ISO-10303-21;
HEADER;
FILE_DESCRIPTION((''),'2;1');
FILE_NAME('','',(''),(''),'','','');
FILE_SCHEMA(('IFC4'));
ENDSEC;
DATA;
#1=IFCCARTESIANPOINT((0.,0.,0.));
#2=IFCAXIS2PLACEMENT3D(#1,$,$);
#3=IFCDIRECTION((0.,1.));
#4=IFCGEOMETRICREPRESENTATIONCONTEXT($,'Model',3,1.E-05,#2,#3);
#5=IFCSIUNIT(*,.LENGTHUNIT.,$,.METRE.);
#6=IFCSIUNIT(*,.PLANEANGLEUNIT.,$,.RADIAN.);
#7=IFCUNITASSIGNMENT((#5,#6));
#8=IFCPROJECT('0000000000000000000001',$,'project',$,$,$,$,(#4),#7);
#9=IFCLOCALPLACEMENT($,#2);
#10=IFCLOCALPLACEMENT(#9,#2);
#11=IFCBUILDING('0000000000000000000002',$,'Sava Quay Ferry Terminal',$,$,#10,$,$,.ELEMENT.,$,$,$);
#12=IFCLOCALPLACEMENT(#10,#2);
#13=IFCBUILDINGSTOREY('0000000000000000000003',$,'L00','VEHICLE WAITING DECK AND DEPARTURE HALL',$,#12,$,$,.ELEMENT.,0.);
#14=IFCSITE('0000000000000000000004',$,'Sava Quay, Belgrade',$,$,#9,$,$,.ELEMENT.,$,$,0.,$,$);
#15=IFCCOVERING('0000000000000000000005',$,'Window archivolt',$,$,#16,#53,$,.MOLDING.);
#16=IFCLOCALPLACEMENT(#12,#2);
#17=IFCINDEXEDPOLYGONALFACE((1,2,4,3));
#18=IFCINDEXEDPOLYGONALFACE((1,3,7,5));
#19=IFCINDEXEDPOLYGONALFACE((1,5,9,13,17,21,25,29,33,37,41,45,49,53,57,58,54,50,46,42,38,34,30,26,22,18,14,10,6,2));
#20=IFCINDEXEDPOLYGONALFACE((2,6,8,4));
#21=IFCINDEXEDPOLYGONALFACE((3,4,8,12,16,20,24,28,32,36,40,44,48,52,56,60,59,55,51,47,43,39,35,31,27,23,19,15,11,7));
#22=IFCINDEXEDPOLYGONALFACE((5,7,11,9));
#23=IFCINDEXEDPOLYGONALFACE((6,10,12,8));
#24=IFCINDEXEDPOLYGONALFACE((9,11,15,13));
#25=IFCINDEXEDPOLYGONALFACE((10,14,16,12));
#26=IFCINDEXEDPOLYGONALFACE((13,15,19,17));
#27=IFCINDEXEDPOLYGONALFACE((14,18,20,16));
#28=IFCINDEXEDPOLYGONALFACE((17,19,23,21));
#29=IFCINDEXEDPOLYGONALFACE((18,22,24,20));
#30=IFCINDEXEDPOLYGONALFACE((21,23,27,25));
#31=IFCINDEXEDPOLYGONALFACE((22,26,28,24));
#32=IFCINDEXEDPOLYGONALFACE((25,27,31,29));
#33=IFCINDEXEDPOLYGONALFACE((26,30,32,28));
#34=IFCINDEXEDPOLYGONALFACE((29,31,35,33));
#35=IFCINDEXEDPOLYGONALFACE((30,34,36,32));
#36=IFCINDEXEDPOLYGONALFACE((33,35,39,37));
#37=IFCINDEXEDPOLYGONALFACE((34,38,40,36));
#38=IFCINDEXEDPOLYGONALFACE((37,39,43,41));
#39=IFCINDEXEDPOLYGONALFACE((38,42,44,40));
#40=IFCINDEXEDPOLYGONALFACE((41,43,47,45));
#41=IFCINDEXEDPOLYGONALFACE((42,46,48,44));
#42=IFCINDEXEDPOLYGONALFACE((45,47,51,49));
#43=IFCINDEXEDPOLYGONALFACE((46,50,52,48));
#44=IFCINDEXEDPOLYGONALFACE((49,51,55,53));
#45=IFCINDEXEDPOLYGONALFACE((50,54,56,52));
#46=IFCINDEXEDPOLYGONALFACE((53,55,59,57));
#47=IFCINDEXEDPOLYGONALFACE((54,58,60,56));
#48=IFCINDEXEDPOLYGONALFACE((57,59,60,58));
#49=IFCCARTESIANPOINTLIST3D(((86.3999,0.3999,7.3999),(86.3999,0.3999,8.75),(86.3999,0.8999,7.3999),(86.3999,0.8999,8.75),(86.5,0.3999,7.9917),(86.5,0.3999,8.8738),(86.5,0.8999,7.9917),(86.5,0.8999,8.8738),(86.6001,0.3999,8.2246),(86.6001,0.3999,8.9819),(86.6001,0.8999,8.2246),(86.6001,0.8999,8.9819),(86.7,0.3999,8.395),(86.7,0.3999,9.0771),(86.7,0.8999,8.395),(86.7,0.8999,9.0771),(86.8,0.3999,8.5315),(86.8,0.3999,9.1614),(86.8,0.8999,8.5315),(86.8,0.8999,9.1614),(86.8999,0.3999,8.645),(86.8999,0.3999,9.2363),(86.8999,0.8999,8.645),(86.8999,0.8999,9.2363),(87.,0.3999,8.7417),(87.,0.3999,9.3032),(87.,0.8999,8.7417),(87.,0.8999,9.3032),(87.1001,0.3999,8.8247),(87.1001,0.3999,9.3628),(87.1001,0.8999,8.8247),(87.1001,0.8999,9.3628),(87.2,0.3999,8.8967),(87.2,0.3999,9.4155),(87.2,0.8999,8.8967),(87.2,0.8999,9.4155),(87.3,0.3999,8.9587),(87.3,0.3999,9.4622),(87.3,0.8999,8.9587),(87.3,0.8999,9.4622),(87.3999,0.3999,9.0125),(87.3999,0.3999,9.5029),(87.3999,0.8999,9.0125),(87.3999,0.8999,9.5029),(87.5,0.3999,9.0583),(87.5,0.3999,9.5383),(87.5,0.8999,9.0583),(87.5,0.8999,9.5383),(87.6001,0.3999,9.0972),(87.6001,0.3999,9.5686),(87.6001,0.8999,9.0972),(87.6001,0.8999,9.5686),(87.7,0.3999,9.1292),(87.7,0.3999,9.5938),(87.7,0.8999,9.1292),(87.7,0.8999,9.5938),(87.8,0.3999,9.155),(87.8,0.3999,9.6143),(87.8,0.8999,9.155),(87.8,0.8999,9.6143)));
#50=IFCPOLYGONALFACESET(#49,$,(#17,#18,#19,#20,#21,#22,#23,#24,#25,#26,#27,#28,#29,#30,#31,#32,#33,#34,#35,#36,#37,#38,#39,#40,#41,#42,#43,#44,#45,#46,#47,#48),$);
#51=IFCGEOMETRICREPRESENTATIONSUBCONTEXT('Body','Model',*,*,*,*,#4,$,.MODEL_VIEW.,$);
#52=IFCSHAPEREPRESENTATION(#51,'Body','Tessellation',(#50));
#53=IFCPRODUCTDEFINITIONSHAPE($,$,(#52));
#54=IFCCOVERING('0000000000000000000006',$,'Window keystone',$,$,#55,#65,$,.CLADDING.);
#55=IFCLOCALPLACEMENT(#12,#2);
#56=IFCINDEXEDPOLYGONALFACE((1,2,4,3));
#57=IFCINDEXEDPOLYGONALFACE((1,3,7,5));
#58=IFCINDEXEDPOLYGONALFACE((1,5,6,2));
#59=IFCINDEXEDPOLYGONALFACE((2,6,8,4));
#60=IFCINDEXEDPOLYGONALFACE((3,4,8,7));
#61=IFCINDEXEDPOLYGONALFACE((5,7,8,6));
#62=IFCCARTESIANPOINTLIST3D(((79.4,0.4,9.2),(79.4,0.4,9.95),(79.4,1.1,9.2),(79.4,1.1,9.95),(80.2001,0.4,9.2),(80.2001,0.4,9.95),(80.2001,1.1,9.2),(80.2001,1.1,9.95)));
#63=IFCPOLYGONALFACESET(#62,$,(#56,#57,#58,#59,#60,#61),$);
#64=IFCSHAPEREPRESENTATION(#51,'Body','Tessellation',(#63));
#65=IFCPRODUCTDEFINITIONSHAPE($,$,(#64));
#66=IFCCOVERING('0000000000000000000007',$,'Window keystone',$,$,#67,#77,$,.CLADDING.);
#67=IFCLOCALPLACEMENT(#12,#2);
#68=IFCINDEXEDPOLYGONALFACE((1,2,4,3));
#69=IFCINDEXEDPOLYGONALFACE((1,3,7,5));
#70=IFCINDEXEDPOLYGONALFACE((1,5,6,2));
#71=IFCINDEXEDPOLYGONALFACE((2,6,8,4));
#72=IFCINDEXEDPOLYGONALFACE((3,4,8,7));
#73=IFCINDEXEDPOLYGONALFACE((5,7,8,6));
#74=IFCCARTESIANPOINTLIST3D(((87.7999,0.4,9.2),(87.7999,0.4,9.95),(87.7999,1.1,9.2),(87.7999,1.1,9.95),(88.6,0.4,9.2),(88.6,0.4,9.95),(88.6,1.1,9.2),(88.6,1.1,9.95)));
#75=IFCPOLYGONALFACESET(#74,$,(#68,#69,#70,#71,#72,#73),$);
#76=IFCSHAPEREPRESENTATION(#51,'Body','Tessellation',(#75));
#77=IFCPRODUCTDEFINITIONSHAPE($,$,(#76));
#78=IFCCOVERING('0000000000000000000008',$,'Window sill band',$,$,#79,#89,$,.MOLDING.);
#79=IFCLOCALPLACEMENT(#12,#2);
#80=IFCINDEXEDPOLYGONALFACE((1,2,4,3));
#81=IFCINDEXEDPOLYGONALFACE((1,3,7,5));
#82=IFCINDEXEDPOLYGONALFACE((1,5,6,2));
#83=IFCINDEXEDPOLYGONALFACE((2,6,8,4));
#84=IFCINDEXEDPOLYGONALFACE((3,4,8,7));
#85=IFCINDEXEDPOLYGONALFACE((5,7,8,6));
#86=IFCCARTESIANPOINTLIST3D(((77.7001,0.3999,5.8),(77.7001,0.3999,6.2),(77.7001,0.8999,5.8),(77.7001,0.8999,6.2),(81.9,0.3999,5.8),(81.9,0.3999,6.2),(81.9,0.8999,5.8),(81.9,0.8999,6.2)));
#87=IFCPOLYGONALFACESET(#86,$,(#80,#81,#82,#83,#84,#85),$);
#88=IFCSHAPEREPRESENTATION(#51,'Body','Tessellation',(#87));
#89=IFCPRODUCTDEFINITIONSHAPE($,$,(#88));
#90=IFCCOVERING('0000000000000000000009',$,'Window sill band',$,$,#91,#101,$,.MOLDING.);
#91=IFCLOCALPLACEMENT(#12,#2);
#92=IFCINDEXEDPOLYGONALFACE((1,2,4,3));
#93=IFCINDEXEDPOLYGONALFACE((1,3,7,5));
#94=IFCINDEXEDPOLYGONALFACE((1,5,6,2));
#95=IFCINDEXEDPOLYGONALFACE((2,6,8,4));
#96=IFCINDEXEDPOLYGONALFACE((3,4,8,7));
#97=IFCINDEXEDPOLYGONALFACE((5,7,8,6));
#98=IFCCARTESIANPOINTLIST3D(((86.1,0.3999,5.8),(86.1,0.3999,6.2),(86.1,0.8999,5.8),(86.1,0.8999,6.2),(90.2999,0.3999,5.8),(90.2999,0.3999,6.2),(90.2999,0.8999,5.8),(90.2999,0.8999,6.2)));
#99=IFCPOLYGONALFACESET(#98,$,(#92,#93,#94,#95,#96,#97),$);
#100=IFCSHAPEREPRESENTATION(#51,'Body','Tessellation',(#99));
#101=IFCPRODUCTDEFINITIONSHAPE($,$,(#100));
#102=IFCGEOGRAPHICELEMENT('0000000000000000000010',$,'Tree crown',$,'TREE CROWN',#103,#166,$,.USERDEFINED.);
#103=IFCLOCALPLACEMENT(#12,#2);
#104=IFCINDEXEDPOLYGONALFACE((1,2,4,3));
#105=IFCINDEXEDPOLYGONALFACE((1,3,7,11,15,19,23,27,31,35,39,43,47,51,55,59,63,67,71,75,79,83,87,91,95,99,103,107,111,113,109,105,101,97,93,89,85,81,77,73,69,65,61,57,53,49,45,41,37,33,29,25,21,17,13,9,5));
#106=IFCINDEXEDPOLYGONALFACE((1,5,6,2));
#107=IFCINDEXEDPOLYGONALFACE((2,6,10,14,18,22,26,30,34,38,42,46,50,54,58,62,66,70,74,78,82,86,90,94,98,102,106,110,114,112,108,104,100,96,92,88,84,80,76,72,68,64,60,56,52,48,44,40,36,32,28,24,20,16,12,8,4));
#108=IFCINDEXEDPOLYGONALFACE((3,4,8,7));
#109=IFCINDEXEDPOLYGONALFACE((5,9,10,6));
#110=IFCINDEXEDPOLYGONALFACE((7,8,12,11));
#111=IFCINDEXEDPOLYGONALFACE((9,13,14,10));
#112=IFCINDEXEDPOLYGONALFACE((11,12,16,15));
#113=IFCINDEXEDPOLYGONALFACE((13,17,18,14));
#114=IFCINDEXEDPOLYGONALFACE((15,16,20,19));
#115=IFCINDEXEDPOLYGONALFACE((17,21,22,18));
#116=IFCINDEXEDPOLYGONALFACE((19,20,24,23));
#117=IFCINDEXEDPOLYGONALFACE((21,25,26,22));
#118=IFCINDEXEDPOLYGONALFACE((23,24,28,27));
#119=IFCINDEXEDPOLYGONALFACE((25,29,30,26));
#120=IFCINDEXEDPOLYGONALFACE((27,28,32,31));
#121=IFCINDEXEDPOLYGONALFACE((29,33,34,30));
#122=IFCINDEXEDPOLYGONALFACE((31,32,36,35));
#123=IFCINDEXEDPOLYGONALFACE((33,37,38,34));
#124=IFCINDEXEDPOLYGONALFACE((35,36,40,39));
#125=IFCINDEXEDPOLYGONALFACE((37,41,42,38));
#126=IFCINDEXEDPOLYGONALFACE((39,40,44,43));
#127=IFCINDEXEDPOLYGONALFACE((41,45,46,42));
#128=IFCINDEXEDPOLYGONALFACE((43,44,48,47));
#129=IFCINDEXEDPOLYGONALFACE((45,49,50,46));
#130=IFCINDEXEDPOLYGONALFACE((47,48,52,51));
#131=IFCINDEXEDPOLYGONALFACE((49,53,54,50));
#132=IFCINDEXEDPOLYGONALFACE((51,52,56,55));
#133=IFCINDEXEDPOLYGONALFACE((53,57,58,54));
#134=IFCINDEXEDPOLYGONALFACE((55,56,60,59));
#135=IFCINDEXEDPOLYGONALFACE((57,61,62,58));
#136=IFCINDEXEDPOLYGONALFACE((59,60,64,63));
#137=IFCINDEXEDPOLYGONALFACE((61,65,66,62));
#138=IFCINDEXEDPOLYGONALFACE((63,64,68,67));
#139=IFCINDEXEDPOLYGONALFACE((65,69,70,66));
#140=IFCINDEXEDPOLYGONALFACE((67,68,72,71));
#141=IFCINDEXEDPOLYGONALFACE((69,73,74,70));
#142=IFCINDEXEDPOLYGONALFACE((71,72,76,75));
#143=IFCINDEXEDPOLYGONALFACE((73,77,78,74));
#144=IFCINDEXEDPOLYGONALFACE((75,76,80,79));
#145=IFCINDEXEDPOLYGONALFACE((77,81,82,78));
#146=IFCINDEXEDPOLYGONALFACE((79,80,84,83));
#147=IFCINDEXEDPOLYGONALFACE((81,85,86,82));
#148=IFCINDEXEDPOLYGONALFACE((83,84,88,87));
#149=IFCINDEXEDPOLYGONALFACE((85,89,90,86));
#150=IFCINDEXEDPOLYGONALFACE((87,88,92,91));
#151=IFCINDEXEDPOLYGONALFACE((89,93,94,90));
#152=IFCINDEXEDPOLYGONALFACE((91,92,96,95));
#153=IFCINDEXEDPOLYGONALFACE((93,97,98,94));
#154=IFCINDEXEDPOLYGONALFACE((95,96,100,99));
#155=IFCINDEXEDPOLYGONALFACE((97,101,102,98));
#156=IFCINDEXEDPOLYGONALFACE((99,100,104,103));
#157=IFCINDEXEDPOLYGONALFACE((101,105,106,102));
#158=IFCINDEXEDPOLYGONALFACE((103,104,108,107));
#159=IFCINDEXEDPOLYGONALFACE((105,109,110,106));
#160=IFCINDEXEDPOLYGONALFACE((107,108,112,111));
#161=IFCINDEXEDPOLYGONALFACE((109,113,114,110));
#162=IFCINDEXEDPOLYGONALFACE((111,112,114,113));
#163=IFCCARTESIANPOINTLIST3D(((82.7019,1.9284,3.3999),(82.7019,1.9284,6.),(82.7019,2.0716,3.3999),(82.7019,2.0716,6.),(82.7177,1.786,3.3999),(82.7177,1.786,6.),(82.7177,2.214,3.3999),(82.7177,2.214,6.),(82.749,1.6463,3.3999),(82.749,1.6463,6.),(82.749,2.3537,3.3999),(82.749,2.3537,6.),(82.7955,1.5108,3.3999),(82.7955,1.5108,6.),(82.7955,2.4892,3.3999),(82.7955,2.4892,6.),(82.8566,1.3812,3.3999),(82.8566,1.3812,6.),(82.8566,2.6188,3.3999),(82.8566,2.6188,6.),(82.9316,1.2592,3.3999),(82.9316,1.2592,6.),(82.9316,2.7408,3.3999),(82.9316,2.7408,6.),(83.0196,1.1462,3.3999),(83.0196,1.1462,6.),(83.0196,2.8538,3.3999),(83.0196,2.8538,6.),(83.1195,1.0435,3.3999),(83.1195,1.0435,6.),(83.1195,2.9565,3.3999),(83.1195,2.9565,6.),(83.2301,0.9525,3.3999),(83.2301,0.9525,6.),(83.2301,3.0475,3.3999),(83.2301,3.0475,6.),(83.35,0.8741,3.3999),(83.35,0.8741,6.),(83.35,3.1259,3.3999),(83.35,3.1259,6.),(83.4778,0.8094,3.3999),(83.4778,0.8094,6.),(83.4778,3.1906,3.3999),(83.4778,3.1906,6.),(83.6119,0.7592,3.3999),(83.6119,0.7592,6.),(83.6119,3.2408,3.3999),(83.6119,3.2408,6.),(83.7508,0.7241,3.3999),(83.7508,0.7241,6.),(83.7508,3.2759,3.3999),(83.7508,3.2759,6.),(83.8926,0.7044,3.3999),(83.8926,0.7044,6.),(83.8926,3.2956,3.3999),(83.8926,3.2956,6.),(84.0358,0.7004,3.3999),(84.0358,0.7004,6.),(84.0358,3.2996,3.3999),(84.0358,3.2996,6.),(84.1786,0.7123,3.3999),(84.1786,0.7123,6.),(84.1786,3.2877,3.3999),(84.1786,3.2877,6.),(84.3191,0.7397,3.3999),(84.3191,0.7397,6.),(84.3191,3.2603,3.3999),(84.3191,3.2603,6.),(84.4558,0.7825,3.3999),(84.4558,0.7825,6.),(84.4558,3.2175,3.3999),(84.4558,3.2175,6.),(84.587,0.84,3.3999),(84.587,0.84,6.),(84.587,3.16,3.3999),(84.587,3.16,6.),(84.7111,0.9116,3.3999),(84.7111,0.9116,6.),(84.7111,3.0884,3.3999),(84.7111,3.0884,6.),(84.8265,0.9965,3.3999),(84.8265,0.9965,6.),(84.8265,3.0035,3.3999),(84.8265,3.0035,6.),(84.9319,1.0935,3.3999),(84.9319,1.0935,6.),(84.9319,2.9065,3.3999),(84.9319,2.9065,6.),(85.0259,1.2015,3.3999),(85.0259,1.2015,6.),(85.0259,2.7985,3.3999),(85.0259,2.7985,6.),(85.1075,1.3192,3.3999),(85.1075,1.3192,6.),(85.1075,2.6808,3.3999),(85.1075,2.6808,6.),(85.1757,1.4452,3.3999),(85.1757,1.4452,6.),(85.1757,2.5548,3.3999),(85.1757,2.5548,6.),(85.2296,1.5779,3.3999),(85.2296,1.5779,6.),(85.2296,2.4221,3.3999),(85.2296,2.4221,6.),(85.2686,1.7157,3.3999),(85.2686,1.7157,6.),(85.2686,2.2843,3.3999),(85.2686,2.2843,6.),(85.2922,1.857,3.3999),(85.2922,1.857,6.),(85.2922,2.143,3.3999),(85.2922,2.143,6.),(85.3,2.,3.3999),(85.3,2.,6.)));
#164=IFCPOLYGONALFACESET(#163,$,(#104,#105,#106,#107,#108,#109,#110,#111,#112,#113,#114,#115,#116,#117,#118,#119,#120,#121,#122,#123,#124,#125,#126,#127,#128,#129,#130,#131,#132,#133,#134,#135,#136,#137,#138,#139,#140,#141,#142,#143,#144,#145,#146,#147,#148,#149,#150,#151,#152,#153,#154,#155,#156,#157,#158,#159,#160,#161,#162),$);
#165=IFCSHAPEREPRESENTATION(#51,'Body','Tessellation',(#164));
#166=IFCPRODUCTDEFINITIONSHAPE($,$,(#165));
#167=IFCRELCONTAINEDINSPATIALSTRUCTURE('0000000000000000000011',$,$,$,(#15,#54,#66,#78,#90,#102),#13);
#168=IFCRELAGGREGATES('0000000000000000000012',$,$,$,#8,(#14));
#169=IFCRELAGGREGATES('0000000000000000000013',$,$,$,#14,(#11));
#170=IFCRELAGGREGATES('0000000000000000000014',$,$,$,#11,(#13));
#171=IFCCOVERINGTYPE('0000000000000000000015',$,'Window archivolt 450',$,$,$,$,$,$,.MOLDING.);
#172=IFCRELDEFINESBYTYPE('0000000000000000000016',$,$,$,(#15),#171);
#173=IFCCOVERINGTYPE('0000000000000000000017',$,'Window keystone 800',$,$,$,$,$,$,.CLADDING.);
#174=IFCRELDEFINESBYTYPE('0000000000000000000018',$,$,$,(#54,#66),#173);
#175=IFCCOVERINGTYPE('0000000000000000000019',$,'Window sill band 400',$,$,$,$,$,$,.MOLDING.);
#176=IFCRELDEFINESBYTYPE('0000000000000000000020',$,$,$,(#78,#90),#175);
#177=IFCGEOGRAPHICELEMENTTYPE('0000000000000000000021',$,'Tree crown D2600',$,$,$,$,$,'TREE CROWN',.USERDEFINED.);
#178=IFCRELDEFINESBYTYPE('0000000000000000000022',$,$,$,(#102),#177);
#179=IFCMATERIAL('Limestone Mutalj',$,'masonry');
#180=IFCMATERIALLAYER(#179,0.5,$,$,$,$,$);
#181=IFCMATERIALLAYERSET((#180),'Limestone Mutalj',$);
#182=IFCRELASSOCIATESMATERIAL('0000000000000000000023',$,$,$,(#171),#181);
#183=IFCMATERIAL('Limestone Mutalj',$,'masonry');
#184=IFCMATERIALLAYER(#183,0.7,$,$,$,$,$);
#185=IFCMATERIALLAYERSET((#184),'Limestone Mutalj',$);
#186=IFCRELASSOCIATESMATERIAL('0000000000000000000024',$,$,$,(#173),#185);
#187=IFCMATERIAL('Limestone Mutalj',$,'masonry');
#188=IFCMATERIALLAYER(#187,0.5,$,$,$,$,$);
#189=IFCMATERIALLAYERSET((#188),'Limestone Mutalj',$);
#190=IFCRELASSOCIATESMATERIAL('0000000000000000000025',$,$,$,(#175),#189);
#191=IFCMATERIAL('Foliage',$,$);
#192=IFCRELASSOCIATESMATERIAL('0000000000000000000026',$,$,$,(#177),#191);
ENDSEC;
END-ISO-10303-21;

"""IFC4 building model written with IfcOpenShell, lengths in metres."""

from ifc_helpers import new_model, si_unit, direction, frame, origin, origin_2d, place, context, subcontext, project, spatial, polyline, rectangle, circle, outline, extrude, material, layer, layer_set, type_object, element, save


model = new_model("IFC4")

# Units and contexts
model_context = context("Model", 3, precision=1e-05, world=origin(), true_north=direction((0.0, 1.0)))
body_context = subcontext(model_context, "Body", "Model", "MODEL_VIEW")
ifc_project = project(units=[si_unit("LENGTHUNIT", "METRE"), si_unit("PLANEANGLEUNIT", "RADIAN")], contexts=[model_context])

# Site, building, storey
site_placement = place(None, origin())
site = spatial("IfcSite", under=ifc_project, at=site_placement, Name="Sava Quay, Belgrade", CompositionType="ELEMENT", RefElevation=0.0)
building_placement = place(site_placement, origin())
building = spatial("IfcBuilding", under=site, at=building_placement, Name="Sava Quay Ferry Terminal", CompositionType="ELEMENT")
storey_placement = place(building_placement, origin())
storey = spatial("IfcBuildingStorey", under=building, at=storey_placement, Name="L00", Description="VEHICLE WAITING DECK AND DEPARTURE HALL", CompositionType="ELEMENT", Elevation=0.0)

# Coverings
ifc_material_1 = material(Name="Limestone Mutalj", Category="masonry")
ifc_layer_1 = layer(ifc_material_1, 0.5)
ifc_layer_set_1 = layer_set([ifc_layer_1], Name="Limestone Mutalj")
covering_type_1 = type_object("IfcCoveringType", Name="Window archivolt 450", PredefinedType="MOLDING", material=ifc_layer_set_1)
covering_1_placement = place(storey_placement, frame((86.3999, 0.3999, 7.3999), z_axis=(0.0, -1.0, 0.0), x_axis=(0.166773, 0.0, 0.985995)))
element("IfcCovering", 1, at=covering_1_placement, inside=storey, type_object=covering_type_1, Name="Window archivolt", PredefinedType="MOLDING", context=body_context, shape_type="SweptSolid", body=[
    extrude(outline(polyline([(0.0, 0.0), (0.6002, 0.0), (0.8465, -0.0599), (1.0312, -0.1299), (1.1825, -0.2058), (1.3111, -0.2853), (1.4231, -0.3679), (1.5216, -0.4528), (1.6093, -0.5392), (1.6871, -0.6276), (1.7567, -0.7171), (1.8187, -0.8081), (1.8737, -0.9003), (1.9218, -0.9934), (1.9641, -1.0878), (2.4169, -1.0112), (2.3799, -0.916), (2.3385, -0.8217), (2.2919, -0.7281), (2.2403, -0.6353), (2.1835, -0.5436), (2.1208, -0.4527), (2.0522, -0.363), (1.9767, -0.2743), (1.8941, -0.1867), (1.8035, -0.1008), (1.7038, -0.0161), (1.5933, 0.0664), (1.4699, 0.1471), (1.3312, 0.2252), (0.0, 0.0)])), origin(), (0.0, 0.0, -1.0), 0.5),
])
ifc_material_2 = material(Name="Limestone Mutalj", Category="masonry")
ifc_layer_2 = layer(ifc_material_2, 0.7)
ifc_layer_set_2 = layer_set([ifc_layer_2], Name="Limestone Mutalj")
covering_type_2 = type_object("IfcCoveringType", Name="Window keystone 800", PredefinedType="CLADDING", material=ifc_layer_set_2)
for number, where, z_axis, x_axis, name in (
    (2, (79.8, 0.75, 9.2), (0.0, 0.0, 1.0), (1.0, 0.0, 0.0), "Window keystone"),
    (3, (88.2, 0.75, 9.2), (0.0, 0.0, 1.0), (1.0, 0.0, 0.0), "Window keystone"),
):
    element("IfcCovering", number, at=place(storey_placement, frame(where, z_axis=z_axis, x_axis=x_axis)), inside=storey, type_object=covering_type_2, Name=name, PredefinedType="CLADDING", context=body_context, shape_type="SweptSolid", body=[
        extrude(rectangle(XDim=0.8, YDim=0.7, at=origin_2d()), origin(), (0.0, 0.0, 1.0), 0.75),
    ])
ifc_material_3 = material(Name="Limestone Mutalj", Category="masonry")
ifc_layer_3 = layer(ifc_material_3, 0.5)
ifc_layer_set_3 = layer_set([ifc_layer_3], Name="Limestone Mutalj")
covering_type_3 = type_object("IfcCoveringType", Name="Window sill band 400", PredefinedType="MOLDING", material=ifc_layer_set_3)
for number, where, z_axis, x_axis, name in (
    (4, (79.8, 0.6499, 5.8), (0.0, 0.0, 1.0), (1.0, 0.0, 0.0), "Window sill band"),
    (5, (88.2, 0.6499, 5.8), (0.0, 0.0, 1.0), (1.0, 0.0, 0.0), "Window sill band"),
):
    element("IfcCovering", number, at=place(storey_placement, frame(where, z_axis=z_axis, x_axis=x_axis)), inside=storey, type_object=covering_type_3, Name=name, PredefinedType="MOLDING", context=body_context, shape_type="SweptSolid", body=[
        extrude(rectangle(XDim=4.2, YDim=0.5, at=origin_2d()), origin(), (0.0, 0.0, 1.0), 0.3999),
    ])

# Geographic element
ifc_material_4 = material(Name="Foliage")
geographic_element_type_1 = type_object("IfcGeographicElementType", Name="Tree crown D2600", ElementType="TREE CROWN", PredefinedType="USERDEFINED", material=ifc_material_4)
for number, where, z_axis, x_axis, name in (
    (6, (84.0, 2.0, 6.0), (0.0, 0.0, -1.0), (1.0, 0.0, 0.0), "Tree crown"),
):
    element("IfcGeographicElement", number, at=place(storey_placement, frame(where, z_axis=z_axis, x_axis=x_axis)), inside=storey, type_object=geographic_element_type_1, Name=name, ObjectType="TREE CROWN", PredefinedType="USERDEFINED", context=body_context, shape_type="SweptSolid", body=[
        extrude(circle(Radius=1.3, at=origin_2d()), origin(), (0.0, 0.0, 1.0), 2.6001),
    ])

save(model, "model.ifc")
